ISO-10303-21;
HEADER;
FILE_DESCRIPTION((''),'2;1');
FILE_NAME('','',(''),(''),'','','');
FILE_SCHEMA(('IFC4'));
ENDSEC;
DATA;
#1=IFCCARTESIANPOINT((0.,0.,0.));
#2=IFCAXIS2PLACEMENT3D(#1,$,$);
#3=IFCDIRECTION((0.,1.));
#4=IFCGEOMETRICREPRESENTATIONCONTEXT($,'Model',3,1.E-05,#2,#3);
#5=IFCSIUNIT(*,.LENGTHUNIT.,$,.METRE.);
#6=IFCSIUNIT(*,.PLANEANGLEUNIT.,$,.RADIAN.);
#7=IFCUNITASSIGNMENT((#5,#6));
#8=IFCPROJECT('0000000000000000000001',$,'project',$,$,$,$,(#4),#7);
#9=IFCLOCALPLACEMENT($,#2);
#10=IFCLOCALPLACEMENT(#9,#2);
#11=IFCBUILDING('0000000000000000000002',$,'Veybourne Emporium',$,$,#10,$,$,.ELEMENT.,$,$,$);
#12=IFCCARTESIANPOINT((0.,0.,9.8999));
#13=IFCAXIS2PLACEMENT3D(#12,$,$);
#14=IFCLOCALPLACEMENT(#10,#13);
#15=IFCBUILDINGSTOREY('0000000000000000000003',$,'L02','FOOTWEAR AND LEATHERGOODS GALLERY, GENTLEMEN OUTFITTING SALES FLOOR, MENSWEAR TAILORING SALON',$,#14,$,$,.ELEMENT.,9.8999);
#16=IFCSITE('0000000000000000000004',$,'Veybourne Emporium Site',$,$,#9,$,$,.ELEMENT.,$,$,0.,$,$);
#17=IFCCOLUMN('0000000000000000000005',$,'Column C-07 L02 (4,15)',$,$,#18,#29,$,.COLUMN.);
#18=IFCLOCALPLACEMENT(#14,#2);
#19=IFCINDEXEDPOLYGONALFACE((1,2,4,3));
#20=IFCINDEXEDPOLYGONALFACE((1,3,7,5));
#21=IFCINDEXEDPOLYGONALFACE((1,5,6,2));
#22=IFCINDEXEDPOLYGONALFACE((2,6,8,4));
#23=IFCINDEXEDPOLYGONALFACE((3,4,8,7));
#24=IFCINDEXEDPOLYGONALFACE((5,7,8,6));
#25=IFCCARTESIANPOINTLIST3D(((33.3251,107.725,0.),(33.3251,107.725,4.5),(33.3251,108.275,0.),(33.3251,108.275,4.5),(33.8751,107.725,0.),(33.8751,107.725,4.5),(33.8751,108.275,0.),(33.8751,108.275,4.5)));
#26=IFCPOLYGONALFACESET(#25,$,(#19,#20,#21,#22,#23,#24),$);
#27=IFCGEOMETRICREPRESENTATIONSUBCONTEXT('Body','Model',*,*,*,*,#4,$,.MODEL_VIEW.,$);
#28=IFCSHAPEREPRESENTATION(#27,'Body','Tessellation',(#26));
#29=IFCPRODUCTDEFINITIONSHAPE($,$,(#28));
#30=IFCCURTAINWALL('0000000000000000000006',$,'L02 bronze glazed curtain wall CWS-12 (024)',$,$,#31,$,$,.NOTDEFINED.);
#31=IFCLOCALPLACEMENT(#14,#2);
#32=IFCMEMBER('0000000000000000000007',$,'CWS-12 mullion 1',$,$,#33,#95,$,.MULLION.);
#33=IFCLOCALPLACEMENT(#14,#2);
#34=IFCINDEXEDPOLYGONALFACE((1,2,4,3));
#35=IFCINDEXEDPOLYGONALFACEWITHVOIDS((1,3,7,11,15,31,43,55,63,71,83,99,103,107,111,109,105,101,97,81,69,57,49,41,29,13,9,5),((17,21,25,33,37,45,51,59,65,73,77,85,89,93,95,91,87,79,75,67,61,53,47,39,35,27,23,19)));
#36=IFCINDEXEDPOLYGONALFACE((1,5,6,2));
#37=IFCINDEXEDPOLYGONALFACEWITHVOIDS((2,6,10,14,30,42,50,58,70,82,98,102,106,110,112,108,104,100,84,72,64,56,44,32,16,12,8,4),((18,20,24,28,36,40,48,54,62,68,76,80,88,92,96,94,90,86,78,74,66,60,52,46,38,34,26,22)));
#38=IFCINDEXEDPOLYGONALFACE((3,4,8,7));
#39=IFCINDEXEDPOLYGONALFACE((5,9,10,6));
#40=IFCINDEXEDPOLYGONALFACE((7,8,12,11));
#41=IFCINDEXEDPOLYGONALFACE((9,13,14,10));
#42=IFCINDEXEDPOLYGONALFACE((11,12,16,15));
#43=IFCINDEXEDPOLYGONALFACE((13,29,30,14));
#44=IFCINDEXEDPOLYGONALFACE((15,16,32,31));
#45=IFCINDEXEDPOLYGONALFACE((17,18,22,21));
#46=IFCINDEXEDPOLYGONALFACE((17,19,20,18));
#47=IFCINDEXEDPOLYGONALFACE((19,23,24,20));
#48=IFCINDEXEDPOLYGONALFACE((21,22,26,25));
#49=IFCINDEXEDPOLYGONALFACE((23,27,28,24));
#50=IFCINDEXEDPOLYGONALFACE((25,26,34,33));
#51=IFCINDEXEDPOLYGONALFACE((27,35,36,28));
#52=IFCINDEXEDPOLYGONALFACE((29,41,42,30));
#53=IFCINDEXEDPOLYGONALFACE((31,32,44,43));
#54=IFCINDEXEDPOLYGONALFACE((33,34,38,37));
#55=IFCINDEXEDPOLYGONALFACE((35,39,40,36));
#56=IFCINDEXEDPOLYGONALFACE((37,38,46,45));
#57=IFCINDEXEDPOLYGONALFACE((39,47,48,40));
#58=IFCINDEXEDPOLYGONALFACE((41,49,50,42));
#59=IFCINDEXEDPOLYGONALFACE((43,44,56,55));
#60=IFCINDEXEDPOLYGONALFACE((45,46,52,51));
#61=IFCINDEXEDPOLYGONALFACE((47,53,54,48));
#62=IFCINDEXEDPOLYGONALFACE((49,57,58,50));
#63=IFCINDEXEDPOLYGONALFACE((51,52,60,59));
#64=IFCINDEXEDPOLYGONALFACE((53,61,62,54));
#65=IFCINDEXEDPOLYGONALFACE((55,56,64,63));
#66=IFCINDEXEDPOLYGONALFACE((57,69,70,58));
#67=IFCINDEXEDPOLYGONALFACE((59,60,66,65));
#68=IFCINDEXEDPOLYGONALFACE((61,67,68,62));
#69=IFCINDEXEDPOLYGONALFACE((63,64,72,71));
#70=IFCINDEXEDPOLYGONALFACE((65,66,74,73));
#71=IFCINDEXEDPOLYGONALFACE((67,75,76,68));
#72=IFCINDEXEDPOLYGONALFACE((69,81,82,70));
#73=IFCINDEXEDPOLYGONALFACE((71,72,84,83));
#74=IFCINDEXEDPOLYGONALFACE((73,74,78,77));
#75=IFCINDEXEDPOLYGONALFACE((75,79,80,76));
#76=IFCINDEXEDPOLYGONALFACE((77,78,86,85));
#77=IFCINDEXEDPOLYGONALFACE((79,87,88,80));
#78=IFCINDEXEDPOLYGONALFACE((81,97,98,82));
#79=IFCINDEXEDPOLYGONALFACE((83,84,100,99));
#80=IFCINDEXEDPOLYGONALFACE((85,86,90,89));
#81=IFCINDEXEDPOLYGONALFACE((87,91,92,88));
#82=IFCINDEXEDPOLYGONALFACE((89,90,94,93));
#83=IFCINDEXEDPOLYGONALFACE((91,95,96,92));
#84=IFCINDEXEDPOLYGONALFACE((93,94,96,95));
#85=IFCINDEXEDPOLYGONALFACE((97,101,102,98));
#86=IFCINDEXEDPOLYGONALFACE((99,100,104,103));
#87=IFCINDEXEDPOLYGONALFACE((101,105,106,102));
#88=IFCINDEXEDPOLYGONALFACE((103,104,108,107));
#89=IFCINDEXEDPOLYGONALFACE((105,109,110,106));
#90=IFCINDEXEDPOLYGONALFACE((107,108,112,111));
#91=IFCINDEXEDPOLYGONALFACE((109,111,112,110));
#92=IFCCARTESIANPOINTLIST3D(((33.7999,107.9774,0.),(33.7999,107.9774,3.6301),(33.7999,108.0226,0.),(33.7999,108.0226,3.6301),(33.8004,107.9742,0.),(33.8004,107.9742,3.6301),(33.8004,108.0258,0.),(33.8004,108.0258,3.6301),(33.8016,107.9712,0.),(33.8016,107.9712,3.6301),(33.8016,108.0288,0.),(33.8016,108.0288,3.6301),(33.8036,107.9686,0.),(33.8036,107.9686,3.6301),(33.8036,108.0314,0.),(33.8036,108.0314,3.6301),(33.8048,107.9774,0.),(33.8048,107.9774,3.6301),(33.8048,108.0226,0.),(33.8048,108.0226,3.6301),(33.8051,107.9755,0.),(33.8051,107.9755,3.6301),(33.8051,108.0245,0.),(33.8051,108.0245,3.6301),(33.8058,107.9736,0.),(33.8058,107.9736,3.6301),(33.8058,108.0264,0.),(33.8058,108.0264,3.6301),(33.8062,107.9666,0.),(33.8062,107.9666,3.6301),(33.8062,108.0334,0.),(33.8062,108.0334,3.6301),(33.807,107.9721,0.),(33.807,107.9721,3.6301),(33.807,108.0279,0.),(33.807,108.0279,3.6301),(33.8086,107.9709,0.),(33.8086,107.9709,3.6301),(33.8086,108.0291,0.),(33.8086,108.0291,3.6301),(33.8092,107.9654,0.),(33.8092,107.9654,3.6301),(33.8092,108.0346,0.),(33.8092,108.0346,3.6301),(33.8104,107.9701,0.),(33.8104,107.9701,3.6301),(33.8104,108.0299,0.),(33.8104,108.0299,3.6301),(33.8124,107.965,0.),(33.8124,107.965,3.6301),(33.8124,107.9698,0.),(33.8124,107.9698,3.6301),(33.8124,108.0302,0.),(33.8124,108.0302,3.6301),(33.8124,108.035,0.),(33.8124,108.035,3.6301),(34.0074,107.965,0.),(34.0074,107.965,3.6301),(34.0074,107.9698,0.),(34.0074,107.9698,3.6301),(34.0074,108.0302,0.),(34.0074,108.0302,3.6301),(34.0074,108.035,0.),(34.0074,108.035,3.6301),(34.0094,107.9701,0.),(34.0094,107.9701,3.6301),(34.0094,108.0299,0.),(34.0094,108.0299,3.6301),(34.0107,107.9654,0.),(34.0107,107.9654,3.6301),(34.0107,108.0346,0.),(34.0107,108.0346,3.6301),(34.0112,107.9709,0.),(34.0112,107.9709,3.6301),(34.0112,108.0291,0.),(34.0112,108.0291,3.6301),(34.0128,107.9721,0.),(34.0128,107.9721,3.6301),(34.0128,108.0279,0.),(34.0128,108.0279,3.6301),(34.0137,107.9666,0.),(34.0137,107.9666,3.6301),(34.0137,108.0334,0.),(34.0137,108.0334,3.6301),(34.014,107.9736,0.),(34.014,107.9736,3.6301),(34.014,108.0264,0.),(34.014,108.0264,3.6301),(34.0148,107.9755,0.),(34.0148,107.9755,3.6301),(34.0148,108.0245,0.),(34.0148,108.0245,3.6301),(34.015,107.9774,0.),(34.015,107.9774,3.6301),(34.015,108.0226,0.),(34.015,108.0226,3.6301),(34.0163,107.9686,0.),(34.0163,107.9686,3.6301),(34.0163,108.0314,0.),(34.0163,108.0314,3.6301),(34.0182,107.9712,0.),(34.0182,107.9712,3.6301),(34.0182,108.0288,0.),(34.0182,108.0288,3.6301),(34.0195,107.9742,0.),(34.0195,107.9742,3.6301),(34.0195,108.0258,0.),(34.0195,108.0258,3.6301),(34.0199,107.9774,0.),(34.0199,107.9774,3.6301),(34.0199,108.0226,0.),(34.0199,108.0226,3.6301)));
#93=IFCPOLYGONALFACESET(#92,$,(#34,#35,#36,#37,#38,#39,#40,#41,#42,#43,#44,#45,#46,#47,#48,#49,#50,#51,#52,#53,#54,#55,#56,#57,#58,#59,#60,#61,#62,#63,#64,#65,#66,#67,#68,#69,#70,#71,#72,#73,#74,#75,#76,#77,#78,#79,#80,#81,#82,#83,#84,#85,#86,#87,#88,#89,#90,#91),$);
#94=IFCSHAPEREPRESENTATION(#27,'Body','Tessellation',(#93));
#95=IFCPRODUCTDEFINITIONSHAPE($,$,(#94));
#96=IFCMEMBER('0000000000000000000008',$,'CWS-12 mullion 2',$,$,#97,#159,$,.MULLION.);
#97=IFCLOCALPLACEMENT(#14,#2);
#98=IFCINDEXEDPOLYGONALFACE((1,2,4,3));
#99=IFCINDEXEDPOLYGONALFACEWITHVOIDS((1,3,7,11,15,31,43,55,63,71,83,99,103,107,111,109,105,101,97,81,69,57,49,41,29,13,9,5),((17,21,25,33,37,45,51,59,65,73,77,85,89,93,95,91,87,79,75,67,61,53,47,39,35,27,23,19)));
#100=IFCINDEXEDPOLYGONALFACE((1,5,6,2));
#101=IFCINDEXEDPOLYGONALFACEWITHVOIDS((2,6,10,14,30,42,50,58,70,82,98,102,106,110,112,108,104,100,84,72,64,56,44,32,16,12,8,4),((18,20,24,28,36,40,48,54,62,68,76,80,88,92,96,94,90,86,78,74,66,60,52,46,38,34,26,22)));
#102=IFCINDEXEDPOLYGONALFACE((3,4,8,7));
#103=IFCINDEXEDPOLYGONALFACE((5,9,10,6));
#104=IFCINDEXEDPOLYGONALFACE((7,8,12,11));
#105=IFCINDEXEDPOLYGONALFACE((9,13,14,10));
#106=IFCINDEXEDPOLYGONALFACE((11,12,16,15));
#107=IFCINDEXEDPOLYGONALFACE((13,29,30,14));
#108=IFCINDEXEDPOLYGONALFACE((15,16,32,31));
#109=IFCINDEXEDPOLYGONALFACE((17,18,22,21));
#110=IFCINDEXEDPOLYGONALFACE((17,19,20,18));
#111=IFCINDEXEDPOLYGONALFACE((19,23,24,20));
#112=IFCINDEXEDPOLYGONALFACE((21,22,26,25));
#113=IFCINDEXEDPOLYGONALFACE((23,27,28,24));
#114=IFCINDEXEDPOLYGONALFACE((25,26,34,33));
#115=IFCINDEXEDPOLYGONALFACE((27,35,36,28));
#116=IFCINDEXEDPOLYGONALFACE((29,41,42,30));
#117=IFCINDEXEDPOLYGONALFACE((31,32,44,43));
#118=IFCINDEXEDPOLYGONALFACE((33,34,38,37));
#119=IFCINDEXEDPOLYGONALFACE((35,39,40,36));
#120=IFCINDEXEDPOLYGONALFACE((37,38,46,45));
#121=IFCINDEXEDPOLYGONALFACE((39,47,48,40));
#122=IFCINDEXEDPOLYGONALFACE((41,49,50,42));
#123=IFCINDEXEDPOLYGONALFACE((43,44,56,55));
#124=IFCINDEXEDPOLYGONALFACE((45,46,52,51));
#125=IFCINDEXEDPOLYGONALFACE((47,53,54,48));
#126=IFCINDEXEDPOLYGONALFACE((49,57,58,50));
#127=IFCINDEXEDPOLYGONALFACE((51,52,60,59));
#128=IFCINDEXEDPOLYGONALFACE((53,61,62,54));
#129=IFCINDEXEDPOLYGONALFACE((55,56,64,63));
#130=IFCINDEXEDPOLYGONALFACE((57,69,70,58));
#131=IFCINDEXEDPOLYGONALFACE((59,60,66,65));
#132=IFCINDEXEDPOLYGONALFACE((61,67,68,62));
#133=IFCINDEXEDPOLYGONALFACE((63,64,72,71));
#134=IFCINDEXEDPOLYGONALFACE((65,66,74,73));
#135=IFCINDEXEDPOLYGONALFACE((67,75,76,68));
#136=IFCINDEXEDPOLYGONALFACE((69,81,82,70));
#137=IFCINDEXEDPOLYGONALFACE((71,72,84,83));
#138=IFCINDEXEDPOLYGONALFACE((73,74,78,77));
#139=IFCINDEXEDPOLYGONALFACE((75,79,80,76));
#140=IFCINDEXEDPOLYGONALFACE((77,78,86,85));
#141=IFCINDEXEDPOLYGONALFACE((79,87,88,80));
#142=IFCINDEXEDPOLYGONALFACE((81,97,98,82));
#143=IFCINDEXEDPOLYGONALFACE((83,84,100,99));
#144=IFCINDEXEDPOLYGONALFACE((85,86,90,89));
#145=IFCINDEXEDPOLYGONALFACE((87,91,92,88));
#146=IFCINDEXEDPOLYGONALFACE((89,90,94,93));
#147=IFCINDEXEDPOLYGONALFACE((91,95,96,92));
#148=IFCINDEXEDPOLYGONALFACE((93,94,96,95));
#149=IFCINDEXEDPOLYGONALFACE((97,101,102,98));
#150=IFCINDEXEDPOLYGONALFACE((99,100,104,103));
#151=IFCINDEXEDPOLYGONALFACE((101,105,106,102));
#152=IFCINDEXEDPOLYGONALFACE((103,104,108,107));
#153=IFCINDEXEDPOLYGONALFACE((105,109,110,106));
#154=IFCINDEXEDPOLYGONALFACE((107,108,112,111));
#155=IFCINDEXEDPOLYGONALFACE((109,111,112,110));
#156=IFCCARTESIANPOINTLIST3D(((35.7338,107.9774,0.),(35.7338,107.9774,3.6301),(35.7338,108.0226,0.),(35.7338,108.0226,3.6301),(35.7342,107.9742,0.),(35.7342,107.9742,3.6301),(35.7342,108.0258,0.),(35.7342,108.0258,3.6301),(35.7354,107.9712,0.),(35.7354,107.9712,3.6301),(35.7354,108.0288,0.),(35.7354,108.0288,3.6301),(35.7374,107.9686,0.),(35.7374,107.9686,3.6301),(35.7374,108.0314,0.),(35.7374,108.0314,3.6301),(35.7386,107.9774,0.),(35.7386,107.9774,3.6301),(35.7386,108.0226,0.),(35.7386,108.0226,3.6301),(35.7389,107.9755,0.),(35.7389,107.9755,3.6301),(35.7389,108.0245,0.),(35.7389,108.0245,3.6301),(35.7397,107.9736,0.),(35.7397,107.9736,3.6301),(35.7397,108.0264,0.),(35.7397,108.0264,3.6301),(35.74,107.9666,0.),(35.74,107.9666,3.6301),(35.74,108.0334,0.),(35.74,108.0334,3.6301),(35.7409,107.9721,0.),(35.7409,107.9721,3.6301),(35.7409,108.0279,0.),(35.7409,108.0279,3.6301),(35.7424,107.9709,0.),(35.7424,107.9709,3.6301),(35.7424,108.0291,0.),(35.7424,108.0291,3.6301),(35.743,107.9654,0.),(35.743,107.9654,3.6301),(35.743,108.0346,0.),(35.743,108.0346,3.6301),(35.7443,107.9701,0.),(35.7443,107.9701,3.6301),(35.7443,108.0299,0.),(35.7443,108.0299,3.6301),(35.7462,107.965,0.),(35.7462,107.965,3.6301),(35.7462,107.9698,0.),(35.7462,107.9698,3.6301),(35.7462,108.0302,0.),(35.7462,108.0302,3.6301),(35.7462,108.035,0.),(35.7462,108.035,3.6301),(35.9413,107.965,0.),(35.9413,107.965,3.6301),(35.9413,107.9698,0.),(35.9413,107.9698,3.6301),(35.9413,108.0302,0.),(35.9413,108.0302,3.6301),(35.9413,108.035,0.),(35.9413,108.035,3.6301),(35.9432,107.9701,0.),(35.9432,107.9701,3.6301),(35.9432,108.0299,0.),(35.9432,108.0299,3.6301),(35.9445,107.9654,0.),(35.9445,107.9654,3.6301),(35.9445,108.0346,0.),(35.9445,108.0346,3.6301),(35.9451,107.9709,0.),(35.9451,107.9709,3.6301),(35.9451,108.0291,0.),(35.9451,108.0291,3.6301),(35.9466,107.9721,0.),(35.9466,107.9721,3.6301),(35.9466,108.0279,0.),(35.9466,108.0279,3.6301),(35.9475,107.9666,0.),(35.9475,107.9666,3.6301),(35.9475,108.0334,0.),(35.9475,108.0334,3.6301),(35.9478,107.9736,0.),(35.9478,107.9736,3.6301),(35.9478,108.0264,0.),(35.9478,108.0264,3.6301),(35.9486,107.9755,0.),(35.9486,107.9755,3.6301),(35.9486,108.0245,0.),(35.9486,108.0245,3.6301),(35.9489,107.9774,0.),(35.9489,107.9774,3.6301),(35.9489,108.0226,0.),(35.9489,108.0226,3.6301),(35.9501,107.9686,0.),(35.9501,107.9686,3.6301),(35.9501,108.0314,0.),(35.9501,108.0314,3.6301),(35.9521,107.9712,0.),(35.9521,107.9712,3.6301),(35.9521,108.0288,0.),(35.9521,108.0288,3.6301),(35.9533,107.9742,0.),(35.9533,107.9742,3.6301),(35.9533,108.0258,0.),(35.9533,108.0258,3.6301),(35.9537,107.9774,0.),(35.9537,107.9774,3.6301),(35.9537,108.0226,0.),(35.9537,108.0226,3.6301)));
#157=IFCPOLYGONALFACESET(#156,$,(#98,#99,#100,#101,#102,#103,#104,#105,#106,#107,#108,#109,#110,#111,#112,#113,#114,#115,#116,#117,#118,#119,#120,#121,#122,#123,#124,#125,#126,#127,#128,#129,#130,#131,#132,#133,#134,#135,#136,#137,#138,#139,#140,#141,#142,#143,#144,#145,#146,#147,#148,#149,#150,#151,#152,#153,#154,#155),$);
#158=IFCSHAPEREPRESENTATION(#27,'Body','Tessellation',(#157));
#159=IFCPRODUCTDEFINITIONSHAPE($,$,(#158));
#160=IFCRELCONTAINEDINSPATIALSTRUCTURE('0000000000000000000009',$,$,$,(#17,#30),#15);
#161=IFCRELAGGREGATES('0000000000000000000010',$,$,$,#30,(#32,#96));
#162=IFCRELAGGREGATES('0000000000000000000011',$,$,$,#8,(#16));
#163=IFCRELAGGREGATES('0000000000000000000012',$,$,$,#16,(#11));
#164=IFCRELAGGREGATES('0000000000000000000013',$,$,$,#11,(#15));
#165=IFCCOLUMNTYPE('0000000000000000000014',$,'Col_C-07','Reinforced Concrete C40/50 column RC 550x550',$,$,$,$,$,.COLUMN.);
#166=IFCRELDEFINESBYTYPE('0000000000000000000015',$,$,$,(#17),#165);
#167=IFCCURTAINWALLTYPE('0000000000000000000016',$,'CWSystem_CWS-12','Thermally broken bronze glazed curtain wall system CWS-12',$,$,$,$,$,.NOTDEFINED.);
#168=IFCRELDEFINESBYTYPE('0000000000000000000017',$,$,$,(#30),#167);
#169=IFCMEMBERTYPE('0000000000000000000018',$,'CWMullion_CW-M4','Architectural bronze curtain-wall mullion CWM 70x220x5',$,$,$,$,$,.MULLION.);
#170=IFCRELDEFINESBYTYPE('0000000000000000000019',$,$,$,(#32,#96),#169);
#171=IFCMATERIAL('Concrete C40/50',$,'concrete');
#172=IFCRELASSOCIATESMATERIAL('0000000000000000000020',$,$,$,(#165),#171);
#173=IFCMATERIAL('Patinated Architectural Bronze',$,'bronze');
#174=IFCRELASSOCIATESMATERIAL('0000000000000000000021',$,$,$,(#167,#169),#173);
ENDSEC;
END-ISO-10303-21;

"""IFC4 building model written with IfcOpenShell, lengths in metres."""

from ifc_helpers import new_model, si_unit, direction, frame, origin, origin_2d, place, context, subcontext, project, spatial, rectangle, hollow_rectangle, extrude, material, material_profile, profile_set, type_object, element, aggregate, save


model = new_model("IFC4")

# Units and contexts
model_context = context("Model", 3, precision=1e-05, world=origin(), true_north=direction((0.0, 1.0)))
body_context = subcontext(model_context, "Body", "Model", "MODEL_VIEW")
ifc_project = project(units=[si_unit("LENGTHUNIT", "METRE"), si_unit("PLANEANGLEUNIT", "RADIAN")], contexts=[model_context])

# Site, building, storey
site_placement = place(None, origin())
site = spatial("IfcSite", under=ifc_project, at=site_placement, Name="Veybourne Emporium Site", CompositionType="ELEMENT", RefElevation=0.0)
building_placement = place(site_placement, origin())
building = spatial("IfcBuilding", under=site, at=building_placement, Name="Veybourne Emporium", CompositionType="ELEMENT")
storey_placement = place(building_placement, frame((0.0, 0.0, 9.8999)))
storey = spatial("IfcBuildingStorey", under=building, at=storey_placement, Name="L02", Description="FOOTWEAR AND LEATHERGOODS GALLERY, GENTLEMEN OUTFITTING SALES FLOOR, MENSWEAR TAILORING SALON", CompositionType="ELEMENT", Elevation=9.8999)

# Column
ifc_material_1 = material(Name="Concrete C40/50", Category="concrete")
ifc_material_profile_1 = material_profile(ifc_material_1, rectangle(XDim=0.55, YDim=0.55, at=origin_2d()), Name="RC 550x550")
ifc_profile_set_1 = profile_set([ifc_material_profile_1], Name="Concrete C40/50")
column_type = type_object("IfcColumnType", Name="Col_C-07", Description="Reinforced Concrete C40/50 column RC 550x550", PredefinedType="COLUMN", material=ifc_profile_set_1)
column_placement = place(storey_placement, frame((33.6001, 108.0, 0.0), z_axis=(0.0, 0.0, 1.0), x_axis=(1.0, 0.0, 0.0)))
element("IfcColumn", 1, at=column_placement, inside=storey, type_object=column_type, Name="Column C-07 L02 (4,15)", PredefinedType="COLUMN", context=body_context, shape_type="SweptSolid", body=[
    extrude(rectangle(XDim=0.55, YDim=0.55, at=origin_2d()), origin(), (0.0, 0.0, 1.0), 4.5),
])

# Curtain wall, members
ifc_material_2 = material(Name="Patinated Architectural Bronze", Category="bronze")
curtain_wall_type = type_object("IfcCurtainWallType", Name="CWSystem_CWS-12", Description="Thermally broken bronze glazed curtain wall system CWS-12", PredefinedType="NOTDEFINED", material=ifc_material_2)
curtain_wall_placement = place(storey_placement, origin())
curtain_wall = element("IfcCurtainWall", 2, at=curtain_wall_placement, inside=storey, type_object=curtain_wall_type, Name="L02 bronze glazed curtain wall CWS-12 (024)", PredefinedType="NOTDEFINED")
ifc_material_profile_2 = material_profile(ifc_material_2, hollow_rectangle(XDim=0.0701, YDim=0.22, WallThickness=0.0049, InnerFilletRadius=0.0076, OuterFilletRadius=0.0125, at=origin_2d()), Name="CWM 70x220x5")
ifc_profile_set_2 = profile_set([ifc_material_profile_2], Name="Patinated Architectural Bronze")
member_type_1 = type_object("IfcMemberType", Name="CWMullion_CW-M4", Description="Architectural bronze curtain-wall mullion CWM 70x220x5", PredefinedType="MULLION", material=ifc_profile_set_2)
member_1_placement = place(storey_placement, frame((33.9099, 108.0, 0.0), z_axis=(0.0, 0.0, 1.0), x_axis=(0.0, 1.0, 0.0)))
member_1 = element("IfcMember", 3, at=member_1_placement, type_object=member_type_1, Name="CWS-12 mullion 1", PredefinedType="MULLION", context=body_context, shape_type="SweptSolid", body=[
    extrude(hollow_rectangle(XDim=0.0701, YDim=0.22, WallThickness=0.0049, InnerFilletRadius=0.0076, OuterFilletRadius=0.0125, at=origin_2d()), origin(), (0.0, 0.0, 1.0), 3.6301),
])
member_2_placement = place(storey_placement, frame((35.8438, 108.0, 0.0), z_axis=(0.0, 0.0, 1.0), x_axis=(0.0, 1.0, 0.0)))
member_2 = element("IfcMember", 4, at=member_2_placement, type_object=member_type_1, Name="CWS-12 mullion 2", PredefinedType="MULLION", context=body_context, shape_type="SweptSolid", body=[
    extrude(hollow_rectangle(XDim=0.0701, YDim=0.22, WallThickness=0.0049, InnerFilletRadius=0.0076, OuterFilletRadius=0.0125, at=origin_2d()), origin(), (0.0, 0.0, 1.0), 3.6301),
])

aggregate(curtain_wall, [member_1, member_2])

save(model, "model.ifc")
